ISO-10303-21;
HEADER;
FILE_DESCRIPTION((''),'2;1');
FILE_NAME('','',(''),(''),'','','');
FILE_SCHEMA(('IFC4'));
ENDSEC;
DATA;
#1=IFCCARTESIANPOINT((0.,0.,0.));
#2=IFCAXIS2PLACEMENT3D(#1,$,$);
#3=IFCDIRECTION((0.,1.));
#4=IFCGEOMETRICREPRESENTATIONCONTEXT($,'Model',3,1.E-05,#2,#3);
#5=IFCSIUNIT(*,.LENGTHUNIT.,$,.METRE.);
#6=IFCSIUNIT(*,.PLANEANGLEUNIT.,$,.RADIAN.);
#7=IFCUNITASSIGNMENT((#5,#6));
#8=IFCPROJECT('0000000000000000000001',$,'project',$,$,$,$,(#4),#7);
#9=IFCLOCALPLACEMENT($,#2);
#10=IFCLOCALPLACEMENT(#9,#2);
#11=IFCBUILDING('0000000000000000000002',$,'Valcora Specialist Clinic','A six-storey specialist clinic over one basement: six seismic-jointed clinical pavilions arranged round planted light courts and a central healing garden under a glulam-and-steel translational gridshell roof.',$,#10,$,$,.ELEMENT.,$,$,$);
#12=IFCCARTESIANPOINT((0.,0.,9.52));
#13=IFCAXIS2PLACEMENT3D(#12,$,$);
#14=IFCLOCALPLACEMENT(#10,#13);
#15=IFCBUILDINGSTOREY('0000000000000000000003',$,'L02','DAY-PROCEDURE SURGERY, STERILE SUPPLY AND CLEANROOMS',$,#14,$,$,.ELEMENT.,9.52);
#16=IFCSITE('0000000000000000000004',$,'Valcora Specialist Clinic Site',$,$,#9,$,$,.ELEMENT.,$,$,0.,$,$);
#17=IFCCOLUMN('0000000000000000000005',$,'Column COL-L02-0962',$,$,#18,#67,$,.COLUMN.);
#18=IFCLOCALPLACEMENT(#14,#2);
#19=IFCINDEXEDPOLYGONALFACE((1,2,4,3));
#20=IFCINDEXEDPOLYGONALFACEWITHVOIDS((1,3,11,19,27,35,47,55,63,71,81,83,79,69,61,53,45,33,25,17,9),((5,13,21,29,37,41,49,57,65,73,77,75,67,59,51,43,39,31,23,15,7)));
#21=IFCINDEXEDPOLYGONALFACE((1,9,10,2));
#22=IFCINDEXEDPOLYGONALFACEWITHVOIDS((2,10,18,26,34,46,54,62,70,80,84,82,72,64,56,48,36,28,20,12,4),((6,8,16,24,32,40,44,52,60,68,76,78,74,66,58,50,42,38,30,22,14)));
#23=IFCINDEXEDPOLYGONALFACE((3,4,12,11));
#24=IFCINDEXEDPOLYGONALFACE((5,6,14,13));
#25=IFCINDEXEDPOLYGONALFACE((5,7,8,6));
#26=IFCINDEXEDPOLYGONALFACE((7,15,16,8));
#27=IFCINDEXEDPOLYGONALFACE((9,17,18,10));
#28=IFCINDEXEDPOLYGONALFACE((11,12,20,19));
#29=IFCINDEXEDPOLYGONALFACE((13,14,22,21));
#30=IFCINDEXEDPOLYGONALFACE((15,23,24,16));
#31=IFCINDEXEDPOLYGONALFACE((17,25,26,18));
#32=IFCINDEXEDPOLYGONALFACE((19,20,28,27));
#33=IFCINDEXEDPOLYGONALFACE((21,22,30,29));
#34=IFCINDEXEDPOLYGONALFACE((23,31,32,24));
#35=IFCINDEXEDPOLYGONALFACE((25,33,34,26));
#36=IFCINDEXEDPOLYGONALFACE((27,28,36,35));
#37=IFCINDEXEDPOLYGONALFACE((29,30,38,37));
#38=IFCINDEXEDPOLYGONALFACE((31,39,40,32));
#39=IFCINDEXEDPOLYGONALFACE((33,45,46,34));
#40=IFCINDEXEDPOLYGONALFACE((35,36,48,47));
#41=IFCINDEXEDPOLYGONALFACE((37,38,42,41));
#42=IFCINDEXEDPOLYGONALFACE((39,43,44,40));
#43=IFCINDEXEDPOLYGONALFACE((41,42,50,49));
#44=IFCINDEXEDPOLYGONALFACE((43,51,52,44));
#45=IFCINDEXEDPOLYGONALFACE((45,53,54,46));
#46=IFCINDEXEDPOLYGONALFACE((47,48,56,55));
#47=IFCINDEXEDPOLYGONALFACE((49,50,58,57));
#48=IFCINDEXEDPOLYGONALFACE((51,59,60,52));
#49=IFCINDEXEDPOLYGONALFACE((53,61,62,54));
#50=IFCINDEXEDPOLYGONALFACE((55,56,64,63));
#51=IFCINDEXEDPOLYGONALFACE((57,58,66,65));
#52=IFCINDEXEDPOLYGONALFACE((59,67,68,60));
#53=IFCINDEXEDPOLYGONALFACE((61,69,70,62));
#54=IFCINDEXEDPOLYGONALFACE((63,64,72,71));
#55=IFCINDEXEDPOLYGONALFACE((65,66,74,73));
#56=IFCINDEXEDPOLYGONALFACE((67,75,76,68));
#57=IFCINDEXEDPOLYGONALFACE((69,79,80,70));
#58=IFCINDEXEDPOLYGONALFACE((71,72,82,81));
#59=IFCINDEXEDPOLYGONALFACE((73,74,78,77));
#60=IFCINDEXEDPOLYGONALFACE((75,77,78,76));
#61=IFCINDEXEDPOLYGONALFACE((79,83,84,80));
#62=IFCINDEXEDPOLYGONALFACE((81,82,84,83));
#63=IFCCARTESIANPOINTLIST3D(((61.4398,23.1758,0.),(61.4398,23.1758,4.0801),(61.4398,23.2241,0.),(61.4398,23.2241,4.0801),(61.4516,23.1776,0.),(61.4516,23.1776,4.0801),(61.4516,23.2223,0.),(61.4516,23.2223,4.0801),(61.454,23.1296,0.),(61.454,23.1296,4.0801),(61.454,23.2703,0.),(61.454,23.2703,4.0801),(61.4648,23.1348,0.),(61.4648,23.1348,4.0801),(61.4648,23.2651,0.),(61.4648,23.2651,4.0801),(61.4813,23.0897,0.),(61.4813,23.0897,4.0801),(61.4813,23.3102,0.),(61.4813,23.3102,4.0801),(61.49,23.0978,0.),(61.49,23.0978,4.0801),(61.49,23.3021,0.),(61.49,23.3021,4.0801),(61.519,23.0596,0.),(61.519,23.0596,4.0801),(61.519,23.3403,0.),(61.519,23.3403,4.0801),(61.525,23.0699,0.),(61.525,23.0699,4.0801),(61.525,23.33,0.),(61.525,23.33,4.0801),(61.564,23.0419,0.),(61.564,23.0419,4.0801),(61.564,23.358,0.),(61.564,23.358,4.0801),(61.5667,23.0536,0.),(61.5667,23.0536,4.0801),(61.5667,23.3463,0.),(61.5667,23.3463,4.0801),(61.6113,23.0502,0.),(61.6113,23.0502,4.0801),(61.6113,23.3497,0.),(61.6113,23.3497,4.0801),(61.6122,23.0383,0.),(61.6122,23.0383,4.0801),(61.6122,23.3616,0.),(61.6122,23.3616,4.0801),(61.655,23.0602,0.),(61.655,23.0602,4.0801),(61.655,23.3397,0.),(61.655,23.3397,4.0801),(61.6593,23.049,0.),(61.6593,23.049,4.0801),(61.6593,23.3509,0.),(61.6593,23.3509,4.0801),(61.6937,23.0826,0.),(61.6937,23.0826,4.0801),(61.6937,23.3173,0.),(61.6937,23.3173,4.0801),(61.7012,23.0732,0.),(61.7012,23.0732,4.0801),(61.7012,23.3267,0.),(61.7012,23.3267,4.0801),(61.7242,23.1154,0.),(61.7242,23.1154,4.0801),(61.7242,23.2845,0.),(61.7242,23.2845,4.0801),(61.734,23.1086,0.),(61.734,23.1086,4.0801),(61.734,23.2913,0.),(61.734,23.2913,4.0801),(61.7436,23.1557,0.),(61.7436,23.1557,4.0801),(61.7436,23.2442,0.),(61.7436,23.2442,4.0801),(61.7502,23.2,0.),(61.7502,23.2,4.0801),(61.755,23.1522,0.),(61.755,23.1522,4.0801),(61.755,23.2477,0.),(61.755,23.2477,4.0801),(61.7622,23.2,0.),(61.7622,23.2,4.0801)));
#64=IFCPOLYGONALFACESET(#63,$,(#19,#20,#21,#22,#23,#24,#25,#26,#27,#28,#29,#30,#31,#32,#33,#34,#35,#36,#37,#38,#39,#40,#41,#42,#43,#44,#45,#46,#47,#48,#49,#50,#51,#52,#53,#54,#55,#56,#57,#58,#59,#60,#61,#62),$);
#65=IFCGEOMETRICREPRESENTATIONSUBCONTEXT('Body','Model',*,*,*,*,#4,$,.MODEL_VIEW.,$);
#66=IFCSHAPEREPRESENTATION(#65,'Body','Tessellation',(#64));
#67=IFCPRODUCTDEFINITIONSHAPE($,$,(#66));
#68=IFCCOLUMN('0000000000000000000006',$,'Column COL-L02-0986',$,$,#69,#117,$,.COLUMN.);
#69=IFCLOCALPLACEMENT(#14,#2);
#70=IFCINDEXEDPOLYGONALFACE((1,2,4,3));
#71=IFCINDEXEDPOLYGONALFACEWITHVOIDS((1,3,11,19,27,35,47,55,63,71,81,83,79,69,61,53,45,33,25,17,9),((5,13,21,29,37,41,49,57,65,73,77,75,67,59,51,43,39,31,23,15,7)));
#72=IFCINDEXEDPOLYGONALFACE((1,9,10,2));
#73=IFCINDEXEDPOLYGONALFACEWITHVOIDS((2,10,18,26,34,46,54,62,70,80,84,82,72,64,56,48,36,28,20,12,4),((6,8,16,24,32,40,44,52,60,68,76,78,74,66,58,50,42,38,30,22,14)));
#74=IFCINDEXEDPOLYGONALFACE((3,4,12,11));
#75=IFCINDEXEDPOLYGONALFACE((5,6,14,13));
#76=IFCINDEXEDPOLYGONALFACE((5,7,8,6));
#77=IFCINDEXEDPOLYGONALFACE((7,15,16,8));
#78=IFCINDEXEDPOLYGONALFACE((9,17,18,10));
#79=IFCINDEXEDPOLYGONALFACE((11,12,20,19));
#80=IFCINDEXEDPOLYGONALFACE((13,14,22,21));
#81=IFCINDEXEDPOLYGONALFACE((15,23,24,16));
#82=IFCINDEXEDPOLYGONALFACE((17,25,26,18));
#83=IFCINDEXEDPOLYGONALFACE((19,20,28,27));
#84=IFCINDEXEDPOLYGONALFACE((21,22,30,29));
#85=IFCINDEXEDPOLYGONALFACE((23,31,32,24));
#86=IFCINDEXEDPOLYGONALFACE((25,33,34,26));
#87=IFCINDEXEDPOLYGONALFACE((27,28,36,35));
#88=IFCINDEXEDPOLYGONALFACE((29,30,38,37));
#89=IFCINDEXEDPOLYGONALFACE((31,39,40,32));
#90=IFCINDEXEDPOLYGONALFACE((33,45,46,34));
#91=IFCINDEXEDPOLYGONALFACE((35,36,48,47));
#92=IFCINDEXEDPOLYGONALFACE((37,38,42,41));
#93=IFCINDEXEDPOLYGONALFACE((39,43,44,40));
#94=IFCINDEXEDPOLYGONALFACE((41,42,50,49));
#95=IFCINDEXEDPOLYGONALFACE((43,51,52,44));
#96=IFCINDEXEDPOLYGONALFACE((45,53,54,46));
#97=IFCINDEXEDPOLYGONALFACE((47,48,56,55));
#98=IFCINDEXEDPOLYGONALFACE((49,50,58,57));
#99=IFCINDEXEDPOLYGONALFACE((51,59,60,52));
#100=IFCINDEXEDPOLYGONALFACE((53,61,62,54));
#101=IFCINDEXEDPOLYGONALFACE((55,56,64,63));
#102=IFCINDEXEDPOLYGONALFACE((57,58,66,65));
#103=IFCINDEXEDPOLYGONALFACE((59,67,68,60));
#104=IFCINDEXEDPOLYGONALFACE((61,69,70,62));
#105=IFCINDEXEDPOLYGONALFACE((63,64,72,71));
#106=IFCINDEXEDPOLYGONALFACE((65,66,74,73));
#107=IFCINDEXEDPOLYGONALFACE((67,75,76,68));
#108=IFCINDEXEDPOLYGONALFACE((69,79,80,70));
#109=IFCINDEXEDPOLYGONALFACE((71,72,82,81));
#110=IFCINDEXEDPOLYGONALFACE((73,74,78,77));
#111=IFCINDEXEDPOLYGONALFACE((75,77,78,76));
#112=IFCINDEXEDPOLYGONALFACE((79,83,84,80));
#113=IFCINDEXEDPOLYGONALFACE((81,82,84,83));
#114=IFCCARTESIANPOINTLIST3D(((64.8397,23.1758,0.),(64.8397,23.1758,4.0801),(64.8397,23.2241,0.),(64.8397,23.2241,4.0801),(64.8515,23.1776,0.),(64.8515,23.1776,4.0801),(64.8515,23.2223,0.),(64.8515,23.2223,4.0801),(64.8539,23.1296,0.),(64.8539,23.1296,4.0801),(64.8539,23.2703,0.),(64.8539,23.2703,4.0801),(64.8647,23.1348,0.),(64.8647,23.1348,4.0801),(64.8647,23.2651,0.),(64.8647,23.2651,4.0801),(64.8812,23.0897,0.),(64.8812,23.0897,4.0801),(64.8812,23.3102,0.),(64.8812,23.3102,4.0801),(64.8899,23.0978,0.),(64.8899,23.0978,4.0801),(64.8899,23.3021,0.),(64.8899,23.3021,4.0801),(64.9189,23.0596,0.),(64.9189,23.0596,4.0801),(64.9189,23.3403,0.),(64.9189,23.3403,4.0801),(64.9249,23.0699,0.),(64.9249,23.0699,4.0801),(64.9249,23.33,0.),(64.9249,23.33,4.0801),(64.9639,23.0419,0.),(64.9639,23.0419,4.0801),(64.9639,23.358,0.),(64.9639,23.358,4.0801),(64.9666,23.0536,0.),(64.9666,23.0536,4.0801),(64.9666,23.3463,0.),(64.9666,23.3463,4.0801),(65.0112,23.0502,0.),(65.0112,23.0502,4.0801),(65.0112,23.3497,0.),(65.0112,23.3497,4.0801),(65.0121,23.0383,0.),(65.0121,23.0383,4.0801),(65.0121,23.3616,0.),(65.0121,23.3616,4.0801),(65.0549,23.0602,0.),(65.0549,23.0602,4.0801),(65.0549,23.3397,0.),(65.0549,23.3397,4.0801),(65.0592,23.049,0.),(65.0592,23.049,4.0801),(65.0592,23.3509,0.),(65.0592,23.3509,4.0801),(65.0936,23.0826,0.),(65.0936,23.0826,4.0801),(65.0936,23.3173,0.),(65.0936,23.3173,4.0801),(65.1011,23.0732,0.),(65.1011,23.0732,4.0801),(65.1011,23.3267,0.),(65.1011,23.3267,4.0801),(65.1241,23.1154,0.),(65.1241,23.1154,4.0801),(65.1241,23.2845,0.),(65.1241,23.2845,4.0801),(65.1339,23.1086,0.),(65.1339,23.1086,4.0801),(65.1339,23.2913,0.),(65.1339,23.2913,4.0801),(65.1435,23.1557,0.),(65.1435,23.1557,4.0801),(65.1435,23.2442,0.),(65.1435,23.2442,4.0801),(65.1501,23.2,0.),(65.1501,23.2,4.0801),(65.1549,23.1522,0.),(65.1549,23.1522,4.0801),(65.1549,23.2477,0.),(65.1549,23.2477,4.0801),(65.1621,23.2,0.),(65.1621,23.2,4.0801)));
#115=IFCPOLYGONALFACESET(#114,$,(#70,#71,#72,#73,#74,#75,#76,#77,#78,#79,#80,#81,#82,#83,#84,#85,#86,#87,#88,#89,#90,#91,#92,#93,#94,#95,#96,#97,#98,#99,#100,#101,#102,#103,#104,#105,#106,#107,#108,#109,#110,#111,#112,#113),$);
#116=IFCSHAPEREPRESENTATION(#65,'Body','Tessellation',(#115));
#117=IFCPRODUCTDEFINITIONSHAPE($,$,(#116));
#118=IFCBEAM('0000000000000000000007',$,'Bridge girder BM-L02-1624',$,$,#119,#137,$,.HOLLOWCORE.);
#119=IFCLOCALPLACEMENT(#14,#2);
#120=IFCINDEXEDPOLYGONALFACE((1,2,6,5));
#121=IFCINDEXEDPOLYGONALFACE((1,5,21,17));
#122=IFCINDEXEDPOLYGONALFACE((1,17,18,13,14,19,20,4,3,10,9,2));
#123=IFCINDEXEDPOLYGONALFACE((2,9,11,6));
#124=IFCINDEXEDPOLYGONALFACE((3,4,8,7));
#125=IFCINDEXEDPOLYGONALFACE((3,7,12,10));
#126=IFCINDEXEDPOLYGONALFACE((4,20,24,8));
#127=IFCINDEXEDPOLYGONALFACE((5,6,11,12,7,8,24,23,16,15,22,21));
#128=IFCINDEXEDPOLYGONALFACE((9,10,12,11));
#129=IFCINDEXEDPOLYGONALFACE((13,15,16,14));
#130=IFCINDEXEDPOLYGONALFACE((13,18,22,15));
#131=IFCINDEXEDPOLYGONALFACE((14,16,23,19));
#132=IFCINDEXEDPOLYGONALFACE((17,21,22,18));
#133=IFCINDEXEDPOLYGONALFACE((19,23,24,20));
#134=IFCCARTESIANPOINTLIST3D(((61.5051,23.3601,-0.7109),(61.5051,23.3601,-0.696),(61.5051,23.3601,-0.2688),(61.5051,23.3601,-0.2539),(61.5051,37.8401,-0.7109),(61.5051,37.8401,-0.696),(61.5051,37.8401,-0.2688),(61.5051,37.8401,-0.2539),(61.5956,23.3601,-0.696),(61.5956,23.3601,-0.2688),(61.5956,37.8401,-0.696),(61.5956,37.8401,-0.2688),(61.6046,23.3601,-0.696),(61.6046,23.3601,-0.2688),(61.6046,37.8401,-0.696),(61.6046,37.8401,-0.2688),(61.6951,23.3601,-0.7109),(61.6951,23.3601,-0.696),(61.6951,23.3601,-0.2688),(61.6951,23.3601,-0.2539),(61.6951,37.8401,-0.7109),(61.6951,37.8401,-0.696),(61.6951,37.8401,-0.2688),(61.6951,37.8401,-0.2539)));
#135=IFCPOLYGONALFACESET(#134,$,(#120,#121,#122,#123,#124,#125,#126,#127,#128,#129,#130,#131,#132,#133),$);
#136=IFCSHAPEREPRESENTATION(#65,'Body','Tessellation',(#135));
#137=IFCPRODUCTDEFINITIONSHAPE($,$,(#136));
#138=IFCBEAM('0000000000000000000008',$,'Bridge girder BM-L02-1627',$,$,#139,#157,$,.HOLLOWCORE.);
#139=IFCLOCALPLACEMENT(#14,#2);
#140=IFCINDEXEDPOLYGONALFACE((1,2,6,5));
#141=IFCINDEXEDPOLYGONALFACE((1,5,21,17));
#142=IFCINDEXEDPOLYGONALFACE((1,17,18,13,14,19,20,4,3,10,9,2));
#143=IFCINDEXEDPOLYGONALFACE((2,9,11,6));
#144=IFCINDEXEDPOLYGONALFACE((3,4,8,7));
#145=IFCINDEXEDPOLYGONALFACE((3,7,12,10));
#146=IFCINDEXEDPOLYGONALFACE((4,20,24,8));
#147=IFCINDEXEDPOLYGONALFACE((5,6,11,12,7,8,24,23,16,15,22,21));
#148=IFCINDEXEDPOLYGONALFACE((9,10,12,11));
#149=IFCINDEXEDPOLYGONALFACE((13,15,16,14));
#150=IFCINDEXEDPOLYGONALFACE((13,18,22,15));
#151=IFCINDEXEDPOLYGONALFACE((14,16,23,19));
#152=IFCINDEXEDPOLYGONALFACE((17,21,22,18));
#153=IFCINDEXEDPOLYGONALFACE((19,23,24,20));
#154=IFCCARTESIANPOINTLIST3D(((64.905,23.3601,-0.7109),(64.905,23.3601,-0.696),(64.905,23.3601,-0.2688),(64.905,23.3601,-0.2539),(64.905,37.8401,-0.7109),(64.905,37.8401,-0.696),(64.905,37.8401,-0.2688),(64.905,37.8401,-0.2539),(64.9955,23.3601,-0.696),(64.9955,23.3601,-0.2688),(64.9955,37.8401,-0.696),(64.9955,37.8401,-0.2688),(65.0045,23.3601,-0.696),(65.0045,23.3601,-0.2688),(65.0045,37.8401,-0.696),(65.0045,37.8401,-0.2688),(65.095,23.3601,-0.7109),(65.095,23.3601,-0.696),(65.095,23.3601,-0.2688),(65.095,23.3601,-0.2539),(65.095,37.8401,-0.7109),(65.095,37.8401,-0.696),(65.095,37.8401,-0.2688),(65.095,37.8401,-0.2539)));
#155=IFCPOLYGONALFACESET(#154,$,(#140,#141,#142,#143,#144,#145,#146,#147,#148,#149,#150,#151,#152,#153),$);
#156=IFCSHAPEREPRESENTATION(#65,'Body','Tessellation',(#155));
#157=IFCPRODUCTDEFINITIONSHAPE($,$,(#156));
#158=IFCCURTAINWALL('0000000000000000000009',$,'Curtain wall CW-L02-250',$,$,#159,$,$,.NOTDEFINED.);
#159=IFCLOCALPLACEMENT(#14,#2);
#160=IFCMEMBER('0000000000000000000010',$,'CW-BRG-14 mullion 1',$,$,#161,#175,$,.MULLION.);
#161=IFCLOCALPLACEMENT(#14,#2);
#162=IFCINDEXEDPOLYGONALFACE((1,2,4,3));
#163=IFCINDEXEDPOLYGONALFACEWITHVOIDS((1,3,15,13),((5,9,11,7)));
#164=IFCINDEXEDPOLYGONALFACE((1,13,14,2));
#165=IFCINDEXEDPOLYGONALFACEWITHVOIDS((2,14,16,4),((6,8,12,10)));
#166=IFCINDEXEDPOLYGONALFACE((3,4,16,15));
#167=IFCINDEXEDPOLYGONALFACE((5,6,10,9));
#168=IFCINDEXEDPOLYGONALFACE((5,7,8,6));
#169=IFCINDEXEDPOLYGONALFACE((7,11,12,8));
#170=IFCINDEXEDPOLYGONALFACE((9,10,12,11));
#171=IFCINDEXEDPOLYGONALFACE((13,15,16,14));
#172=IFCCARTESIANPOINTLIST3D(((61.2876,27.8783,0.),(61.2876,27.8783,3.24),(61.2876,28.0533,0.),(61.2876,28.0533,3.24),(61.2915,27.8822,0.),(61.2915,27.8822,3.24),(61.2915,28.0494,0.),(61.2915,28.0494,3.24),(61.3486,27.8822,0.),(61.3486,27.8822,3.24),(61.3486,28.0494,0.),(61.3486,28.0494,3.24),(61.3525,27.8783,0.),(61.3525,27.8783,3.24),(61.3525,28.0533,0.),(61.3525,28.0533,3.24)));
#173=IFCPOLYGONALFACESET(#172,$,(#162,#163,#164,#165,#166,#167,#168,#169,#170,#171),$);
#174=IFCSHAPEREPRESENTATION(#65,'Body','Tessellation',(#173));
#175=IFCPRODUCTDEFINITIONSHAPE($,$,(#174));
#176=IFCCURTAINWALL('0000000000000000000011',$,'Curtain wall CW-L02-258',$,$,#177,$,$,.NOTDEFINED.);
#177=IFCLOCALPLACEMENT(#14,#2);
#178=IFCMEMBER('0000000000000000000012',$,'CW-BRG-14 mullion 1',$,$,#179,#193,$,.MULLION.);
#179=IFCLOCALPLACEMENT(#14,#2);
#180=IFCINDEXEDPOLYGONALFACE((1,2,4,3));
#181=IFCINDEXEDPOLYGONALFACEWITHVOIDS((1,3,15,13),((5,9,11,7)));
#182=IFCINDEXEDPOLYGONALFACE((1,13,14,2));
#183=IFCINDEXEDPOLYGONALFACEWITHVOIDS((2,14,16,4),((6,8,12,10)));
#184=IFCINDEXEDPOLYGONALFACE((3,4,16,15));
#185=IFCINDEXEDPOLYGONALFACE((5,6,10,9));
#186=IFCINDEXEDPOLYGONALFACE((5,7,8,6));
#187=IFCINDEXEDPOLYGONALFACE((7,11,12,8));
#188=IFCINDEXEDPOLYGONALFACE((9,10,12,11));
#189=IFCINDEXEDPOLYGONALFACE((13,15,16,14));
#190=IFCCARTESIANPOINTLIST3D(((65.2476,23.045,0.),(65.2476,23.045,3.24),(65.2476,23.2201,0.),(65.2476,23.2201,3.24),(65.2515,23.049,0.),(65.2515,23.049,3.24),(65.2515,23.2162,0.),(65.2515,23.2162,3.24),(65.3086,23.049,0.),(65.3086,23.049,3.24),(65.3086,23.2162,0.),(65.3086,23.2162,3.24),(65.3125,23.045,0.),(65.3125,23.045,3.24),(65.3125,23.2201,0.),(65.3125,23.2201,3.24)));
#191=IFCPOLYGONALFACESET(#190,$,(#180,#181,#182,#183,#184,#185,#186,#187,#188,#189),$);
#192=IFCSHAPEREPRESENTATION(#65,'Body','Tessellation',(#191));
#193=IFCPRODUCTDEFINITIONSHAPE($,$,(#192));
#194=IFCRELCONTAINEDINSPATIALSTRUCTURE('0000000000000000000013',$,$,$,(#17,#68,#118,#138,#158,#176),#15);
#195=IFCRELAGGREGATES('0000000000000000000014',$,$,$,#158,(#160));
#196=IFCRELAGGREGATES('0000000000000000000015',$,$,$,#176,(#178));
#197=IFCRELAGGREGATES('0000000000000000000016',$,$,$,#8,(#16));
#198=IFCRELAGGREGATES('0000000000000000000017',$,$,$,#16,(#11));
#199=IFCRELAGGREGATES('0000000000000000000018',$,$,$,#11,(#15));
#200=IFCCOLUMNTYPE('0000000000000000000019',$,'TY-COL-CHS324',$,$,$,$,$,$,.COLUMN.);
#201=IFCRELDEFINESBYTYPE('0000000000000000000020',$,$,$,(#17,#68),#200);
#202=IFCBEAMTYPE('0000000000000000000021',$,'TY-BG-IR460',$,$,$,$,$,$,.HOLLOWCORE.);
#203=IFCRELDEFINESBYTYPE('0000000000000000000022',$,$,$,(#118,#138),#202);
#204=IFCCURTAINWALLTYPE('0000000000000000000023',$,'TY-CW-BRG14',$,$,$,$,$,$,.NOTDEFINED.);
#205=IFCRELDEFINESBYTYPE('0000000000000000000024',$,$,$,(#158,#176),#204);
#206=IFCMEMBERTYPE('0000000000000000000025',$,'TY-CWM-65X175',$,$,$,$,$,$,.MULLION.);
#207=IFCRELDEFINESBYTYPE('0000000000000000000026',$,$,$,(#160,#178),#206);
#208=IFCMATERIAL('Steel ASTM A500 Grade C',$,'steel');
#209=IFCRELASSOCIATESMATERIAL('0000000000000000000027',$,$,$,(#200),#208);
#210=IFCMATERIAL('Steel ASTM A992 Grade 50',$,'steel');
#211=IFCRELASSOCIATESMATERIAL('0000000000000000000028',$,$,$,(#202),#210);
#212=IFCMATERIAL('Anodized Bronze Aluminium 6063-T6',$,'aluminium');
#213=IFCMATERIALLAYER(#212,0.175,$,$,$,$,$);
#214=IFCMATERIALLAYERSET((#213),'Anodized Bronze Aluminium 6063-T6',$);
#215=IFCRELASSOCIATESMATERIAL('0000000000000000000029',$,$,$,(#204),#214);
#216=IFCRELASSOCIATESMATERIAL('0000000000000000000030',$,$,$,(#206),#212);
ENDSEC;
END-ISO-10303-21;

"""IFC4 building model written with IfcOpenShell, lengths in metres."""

from ifc_helpers import new_model, si_unit, direction, frame, origin, origin_2d, place, context, subcontext, project, spatial, hollow_rectangle, hollow_circle, i_section, extrude, material, layer, layer_set, material_profile, profile_set, type_object, element, aggregate, save


model = new_model("IFC4")

# Units and contexts
model_context = context("Model", 3, precision=1e-05, world=origin(), true_north=direction((0.0, 1.0)))
body_context = subcontext(model_context, "Body", "Model", "MODEL_VIEW")
ifc_project = project(units=[si_unit("LENGTHUNIT", "METRE"), si_unit("PLANEANGLEUNIT", "RADIAN")], contexts=[model_context])

# Site, building, storey
site_placement = place(None, origin())
site = spatial("IfcSite", under=ifc_project, at=site_placement, Name="Valcora Specialist Clinic Site", CompositionType="ELEMENT", RefElevation=0.0)
building_placement = place(site_placement, origin())
building = spatial("IfcBuilding", under=site, at=building_placement, Name="Valcora Specialist Clinic", Description="A six-storey specialist clinic over one basement: six seismic-jointed clinical pavilions arranged round planted light courts and a central healing garden under a glulam-and-steel translational gridshell roof.", CompositionType="ELEMENT")
storey_placement = place(building_placement, frame((0.0, 0.0, 9.52)))
storey = spatial("IfcBuildingStorey", under=building, at=storey_placement, Name="L02", Description="DAY-PROCEDURE SURGERY, STERILE SUPPLY AND CLEANROOMS", CompositionType="ELEMENT", Elevation=9.52)

# Columns
ifc_material_1 = material(Name="Steel ASTM A500 Grade C", Category="steel")
ifc_material_profile_1 = material_profile(ifc_material_1, hollow_circle(Radius=0.1621, WallThickness=0.012, at=origin_2d()), Name="ST-CHS-324X12")
ifc_profile_set_1 = profile_set([ifc_material_profile_1], Name="Steel ASTM A500 Grade C")
column_type = type_object("IfcColumnType", Name="TY-COL-CHS324", PredefinedType="COLUMN", material=ifc_profile_set_1)
for number, where, z_axis, x_axis, name in (
    (1, (61.6001, 23.2, 0.0), (0.0, 0.0, 1.0), (1.0, 0.0, 0.0), "Column COL-L02-0962"),
    (2, (65.0, 23.2, 0.0), (0.0, 0.0, 1.0), (1.0, 0.0, 0.0), "Column COL-L02-0986"),
):
    element("IfcColumn", number, at=place(storey_placement, frame(where, z_axis=z_axis, x_axis=x_axis)), inside=storey, type_object=column_type, Name=name, PredefinedType="COLUMN", context=body_context, shape_type="SweptSolid", body=[
        extrude(hollow_circle(Radius=0.1621, WallThickness=0.012, at=origin_2d()), origin(), (0.0, 0.0, 1.0), 4.0801),
    ])

# Beams
ifc_material_2 = material(Name="Steel ASTM A992 Grade 50", Category="steel")
ifc_material_profile_2 = material_profile(ifc_material_2, i_section(OverallWidth=0.1899, OverallDepth=0.457, WebThickness=0.009, FlangeThickness=0.0149, at=origin_2d()), Name="ST-IR-460X190")
ifc_profile_set_2 = profile_set([ifc_material_profile_2], Name="Steel ASTM A992 Grade 50")
beam_type = type_object("IfcBeamType", Name="TY-BG-IR460", PredefinedType="HOLLOWCORE", material=ifc_profile_set_2)
for number, where, z_axis, x_axis, name in (
    (3, (61.6001, 23.3601, -0.4824), (0.0, 1.0, 0.0), (-1.0, 0.0, 0.0), "Bridge girder BM-L02-1624"),
    (4, (65.0, 23.3601, -0.4824), (0.0, 1.0, 0.0), (-1.0, 0.0, 0.0), "Bridge girder BM-L02-1627"),
):
    element("IfcBeam", number, at=place(storey_placement, frame(where, z_axis=z_axis, x_axis=x_axis)), inside=storey, type_object=beam_type, Name=name, PredefinedType="HOLLOWCORE", context=body_context, shape_type="SweptSolid", body=[
        extrude(i_section(OverallWidth=0.1899, OverallDepth=0.457, WebThickness=0.009, FlangeThickness=0.0149, at=origin_2d()), origin(), (0.0, 0.0, 1.0), 14.48),
    ])

# Curtain wall, member
ifc_material_3 = material(Name="Anodized Bronze Aluminium 6063-T6", Category="aluminium")
ifc_layer_1 = layer(ifc_material_3, 0.175)
ifc_layer_set_1 = layer_set([ifc_layer_1], Name="Anodized Bronze Aluminium 6063-T6")
curtain_wall_type = type_object("IfcCurtainWallType", Name="TY-CW-BRG14", PredefinedType="NOTDEFINED", material=ifc_layer_set_1)
curtain_wall_1_placement = place(storey_placement, origin())
curtain_wall_1 = element("IfcCurtainWall", 5, at=curtain_wall_1_placement, inside=storey, type_object=curtain_wall_type, Name="Curtain wall CW-L02-250", PredefinedType="NOTDEFINED")
ifc_material_profile_3 = material_profile(ifc_material_3, hollow_rectangle(XDim=0.0649, YDim=0.175, WallThickness=0.0039, at=origin_2d()), Name="AL-MUL-65X175")
ifc_profile_set_3 = profile_set([ifc_material_profile_3], Name="Anodized Bronze Aluminium 6063-T6")
member_type_1 = type_object("IfcMemberType", Name="TY-CWM-65X175", PredefinedType="MULLION", material=ifc_profile_set_3)
member_1_placement = place(storey_placement, frame((61.3201, 27.9658, 0.0), z_axis=(0.0, 0.0, 1.0), x_axis=(-1.0, 0.0, 0.0)))
member_1 = element("IfcMember", 6, at=member_1_placement, type_object=member_type_1, Name="CW-BRG-14 mullion 1", PredefinedType="MULLION", context=body_context, shape_type="SweptSolid", body=[
    extrude(hollow_rectangle(XDim=0.0649, YDim=0.175, WallThickness=0.0039, at=origin_2d()), origin(), (0.0, 0.0, 1.0), 3.24),
])

# Curtain wall, member
curtain_wall_2_placement = place(storey_placement, origin())
curtain_wall_2 = element("IfcCurtainWall", 7, at=curtain_wall_2_placement, inside=storey, type_object=curtain_wall_type, Name="Curtain wall CW-L02-258", PredefinedType="NOTDEFINED")
member_2_placement = place(storey_placement, frame((65.28, 23.1326, 0.0), z_axis=(0.0, 0.0, 1.0), x_axis=(-1.0, 0.0, 0.0)))
member_2 = element("IfcMember", 8, at=member_2_placement, type_object=member_type_1, Name="CW-BRG-14 mullion 1", PredefinedType="MULLION", context=body_context, shape_type="SweptSolid", body=[
    extrude(hollow_rectangle(XDim=0.0649, YDim=0.175, WallThickness=0.0039, at=origin_2d()), origin(), (0.0, 0.0, 1.0), 3.24),
])

aggregate(curtain_wall_1, [member_1])

aggregate(curtain_wall_2, [member_2])

save(model, "model.ifc")
